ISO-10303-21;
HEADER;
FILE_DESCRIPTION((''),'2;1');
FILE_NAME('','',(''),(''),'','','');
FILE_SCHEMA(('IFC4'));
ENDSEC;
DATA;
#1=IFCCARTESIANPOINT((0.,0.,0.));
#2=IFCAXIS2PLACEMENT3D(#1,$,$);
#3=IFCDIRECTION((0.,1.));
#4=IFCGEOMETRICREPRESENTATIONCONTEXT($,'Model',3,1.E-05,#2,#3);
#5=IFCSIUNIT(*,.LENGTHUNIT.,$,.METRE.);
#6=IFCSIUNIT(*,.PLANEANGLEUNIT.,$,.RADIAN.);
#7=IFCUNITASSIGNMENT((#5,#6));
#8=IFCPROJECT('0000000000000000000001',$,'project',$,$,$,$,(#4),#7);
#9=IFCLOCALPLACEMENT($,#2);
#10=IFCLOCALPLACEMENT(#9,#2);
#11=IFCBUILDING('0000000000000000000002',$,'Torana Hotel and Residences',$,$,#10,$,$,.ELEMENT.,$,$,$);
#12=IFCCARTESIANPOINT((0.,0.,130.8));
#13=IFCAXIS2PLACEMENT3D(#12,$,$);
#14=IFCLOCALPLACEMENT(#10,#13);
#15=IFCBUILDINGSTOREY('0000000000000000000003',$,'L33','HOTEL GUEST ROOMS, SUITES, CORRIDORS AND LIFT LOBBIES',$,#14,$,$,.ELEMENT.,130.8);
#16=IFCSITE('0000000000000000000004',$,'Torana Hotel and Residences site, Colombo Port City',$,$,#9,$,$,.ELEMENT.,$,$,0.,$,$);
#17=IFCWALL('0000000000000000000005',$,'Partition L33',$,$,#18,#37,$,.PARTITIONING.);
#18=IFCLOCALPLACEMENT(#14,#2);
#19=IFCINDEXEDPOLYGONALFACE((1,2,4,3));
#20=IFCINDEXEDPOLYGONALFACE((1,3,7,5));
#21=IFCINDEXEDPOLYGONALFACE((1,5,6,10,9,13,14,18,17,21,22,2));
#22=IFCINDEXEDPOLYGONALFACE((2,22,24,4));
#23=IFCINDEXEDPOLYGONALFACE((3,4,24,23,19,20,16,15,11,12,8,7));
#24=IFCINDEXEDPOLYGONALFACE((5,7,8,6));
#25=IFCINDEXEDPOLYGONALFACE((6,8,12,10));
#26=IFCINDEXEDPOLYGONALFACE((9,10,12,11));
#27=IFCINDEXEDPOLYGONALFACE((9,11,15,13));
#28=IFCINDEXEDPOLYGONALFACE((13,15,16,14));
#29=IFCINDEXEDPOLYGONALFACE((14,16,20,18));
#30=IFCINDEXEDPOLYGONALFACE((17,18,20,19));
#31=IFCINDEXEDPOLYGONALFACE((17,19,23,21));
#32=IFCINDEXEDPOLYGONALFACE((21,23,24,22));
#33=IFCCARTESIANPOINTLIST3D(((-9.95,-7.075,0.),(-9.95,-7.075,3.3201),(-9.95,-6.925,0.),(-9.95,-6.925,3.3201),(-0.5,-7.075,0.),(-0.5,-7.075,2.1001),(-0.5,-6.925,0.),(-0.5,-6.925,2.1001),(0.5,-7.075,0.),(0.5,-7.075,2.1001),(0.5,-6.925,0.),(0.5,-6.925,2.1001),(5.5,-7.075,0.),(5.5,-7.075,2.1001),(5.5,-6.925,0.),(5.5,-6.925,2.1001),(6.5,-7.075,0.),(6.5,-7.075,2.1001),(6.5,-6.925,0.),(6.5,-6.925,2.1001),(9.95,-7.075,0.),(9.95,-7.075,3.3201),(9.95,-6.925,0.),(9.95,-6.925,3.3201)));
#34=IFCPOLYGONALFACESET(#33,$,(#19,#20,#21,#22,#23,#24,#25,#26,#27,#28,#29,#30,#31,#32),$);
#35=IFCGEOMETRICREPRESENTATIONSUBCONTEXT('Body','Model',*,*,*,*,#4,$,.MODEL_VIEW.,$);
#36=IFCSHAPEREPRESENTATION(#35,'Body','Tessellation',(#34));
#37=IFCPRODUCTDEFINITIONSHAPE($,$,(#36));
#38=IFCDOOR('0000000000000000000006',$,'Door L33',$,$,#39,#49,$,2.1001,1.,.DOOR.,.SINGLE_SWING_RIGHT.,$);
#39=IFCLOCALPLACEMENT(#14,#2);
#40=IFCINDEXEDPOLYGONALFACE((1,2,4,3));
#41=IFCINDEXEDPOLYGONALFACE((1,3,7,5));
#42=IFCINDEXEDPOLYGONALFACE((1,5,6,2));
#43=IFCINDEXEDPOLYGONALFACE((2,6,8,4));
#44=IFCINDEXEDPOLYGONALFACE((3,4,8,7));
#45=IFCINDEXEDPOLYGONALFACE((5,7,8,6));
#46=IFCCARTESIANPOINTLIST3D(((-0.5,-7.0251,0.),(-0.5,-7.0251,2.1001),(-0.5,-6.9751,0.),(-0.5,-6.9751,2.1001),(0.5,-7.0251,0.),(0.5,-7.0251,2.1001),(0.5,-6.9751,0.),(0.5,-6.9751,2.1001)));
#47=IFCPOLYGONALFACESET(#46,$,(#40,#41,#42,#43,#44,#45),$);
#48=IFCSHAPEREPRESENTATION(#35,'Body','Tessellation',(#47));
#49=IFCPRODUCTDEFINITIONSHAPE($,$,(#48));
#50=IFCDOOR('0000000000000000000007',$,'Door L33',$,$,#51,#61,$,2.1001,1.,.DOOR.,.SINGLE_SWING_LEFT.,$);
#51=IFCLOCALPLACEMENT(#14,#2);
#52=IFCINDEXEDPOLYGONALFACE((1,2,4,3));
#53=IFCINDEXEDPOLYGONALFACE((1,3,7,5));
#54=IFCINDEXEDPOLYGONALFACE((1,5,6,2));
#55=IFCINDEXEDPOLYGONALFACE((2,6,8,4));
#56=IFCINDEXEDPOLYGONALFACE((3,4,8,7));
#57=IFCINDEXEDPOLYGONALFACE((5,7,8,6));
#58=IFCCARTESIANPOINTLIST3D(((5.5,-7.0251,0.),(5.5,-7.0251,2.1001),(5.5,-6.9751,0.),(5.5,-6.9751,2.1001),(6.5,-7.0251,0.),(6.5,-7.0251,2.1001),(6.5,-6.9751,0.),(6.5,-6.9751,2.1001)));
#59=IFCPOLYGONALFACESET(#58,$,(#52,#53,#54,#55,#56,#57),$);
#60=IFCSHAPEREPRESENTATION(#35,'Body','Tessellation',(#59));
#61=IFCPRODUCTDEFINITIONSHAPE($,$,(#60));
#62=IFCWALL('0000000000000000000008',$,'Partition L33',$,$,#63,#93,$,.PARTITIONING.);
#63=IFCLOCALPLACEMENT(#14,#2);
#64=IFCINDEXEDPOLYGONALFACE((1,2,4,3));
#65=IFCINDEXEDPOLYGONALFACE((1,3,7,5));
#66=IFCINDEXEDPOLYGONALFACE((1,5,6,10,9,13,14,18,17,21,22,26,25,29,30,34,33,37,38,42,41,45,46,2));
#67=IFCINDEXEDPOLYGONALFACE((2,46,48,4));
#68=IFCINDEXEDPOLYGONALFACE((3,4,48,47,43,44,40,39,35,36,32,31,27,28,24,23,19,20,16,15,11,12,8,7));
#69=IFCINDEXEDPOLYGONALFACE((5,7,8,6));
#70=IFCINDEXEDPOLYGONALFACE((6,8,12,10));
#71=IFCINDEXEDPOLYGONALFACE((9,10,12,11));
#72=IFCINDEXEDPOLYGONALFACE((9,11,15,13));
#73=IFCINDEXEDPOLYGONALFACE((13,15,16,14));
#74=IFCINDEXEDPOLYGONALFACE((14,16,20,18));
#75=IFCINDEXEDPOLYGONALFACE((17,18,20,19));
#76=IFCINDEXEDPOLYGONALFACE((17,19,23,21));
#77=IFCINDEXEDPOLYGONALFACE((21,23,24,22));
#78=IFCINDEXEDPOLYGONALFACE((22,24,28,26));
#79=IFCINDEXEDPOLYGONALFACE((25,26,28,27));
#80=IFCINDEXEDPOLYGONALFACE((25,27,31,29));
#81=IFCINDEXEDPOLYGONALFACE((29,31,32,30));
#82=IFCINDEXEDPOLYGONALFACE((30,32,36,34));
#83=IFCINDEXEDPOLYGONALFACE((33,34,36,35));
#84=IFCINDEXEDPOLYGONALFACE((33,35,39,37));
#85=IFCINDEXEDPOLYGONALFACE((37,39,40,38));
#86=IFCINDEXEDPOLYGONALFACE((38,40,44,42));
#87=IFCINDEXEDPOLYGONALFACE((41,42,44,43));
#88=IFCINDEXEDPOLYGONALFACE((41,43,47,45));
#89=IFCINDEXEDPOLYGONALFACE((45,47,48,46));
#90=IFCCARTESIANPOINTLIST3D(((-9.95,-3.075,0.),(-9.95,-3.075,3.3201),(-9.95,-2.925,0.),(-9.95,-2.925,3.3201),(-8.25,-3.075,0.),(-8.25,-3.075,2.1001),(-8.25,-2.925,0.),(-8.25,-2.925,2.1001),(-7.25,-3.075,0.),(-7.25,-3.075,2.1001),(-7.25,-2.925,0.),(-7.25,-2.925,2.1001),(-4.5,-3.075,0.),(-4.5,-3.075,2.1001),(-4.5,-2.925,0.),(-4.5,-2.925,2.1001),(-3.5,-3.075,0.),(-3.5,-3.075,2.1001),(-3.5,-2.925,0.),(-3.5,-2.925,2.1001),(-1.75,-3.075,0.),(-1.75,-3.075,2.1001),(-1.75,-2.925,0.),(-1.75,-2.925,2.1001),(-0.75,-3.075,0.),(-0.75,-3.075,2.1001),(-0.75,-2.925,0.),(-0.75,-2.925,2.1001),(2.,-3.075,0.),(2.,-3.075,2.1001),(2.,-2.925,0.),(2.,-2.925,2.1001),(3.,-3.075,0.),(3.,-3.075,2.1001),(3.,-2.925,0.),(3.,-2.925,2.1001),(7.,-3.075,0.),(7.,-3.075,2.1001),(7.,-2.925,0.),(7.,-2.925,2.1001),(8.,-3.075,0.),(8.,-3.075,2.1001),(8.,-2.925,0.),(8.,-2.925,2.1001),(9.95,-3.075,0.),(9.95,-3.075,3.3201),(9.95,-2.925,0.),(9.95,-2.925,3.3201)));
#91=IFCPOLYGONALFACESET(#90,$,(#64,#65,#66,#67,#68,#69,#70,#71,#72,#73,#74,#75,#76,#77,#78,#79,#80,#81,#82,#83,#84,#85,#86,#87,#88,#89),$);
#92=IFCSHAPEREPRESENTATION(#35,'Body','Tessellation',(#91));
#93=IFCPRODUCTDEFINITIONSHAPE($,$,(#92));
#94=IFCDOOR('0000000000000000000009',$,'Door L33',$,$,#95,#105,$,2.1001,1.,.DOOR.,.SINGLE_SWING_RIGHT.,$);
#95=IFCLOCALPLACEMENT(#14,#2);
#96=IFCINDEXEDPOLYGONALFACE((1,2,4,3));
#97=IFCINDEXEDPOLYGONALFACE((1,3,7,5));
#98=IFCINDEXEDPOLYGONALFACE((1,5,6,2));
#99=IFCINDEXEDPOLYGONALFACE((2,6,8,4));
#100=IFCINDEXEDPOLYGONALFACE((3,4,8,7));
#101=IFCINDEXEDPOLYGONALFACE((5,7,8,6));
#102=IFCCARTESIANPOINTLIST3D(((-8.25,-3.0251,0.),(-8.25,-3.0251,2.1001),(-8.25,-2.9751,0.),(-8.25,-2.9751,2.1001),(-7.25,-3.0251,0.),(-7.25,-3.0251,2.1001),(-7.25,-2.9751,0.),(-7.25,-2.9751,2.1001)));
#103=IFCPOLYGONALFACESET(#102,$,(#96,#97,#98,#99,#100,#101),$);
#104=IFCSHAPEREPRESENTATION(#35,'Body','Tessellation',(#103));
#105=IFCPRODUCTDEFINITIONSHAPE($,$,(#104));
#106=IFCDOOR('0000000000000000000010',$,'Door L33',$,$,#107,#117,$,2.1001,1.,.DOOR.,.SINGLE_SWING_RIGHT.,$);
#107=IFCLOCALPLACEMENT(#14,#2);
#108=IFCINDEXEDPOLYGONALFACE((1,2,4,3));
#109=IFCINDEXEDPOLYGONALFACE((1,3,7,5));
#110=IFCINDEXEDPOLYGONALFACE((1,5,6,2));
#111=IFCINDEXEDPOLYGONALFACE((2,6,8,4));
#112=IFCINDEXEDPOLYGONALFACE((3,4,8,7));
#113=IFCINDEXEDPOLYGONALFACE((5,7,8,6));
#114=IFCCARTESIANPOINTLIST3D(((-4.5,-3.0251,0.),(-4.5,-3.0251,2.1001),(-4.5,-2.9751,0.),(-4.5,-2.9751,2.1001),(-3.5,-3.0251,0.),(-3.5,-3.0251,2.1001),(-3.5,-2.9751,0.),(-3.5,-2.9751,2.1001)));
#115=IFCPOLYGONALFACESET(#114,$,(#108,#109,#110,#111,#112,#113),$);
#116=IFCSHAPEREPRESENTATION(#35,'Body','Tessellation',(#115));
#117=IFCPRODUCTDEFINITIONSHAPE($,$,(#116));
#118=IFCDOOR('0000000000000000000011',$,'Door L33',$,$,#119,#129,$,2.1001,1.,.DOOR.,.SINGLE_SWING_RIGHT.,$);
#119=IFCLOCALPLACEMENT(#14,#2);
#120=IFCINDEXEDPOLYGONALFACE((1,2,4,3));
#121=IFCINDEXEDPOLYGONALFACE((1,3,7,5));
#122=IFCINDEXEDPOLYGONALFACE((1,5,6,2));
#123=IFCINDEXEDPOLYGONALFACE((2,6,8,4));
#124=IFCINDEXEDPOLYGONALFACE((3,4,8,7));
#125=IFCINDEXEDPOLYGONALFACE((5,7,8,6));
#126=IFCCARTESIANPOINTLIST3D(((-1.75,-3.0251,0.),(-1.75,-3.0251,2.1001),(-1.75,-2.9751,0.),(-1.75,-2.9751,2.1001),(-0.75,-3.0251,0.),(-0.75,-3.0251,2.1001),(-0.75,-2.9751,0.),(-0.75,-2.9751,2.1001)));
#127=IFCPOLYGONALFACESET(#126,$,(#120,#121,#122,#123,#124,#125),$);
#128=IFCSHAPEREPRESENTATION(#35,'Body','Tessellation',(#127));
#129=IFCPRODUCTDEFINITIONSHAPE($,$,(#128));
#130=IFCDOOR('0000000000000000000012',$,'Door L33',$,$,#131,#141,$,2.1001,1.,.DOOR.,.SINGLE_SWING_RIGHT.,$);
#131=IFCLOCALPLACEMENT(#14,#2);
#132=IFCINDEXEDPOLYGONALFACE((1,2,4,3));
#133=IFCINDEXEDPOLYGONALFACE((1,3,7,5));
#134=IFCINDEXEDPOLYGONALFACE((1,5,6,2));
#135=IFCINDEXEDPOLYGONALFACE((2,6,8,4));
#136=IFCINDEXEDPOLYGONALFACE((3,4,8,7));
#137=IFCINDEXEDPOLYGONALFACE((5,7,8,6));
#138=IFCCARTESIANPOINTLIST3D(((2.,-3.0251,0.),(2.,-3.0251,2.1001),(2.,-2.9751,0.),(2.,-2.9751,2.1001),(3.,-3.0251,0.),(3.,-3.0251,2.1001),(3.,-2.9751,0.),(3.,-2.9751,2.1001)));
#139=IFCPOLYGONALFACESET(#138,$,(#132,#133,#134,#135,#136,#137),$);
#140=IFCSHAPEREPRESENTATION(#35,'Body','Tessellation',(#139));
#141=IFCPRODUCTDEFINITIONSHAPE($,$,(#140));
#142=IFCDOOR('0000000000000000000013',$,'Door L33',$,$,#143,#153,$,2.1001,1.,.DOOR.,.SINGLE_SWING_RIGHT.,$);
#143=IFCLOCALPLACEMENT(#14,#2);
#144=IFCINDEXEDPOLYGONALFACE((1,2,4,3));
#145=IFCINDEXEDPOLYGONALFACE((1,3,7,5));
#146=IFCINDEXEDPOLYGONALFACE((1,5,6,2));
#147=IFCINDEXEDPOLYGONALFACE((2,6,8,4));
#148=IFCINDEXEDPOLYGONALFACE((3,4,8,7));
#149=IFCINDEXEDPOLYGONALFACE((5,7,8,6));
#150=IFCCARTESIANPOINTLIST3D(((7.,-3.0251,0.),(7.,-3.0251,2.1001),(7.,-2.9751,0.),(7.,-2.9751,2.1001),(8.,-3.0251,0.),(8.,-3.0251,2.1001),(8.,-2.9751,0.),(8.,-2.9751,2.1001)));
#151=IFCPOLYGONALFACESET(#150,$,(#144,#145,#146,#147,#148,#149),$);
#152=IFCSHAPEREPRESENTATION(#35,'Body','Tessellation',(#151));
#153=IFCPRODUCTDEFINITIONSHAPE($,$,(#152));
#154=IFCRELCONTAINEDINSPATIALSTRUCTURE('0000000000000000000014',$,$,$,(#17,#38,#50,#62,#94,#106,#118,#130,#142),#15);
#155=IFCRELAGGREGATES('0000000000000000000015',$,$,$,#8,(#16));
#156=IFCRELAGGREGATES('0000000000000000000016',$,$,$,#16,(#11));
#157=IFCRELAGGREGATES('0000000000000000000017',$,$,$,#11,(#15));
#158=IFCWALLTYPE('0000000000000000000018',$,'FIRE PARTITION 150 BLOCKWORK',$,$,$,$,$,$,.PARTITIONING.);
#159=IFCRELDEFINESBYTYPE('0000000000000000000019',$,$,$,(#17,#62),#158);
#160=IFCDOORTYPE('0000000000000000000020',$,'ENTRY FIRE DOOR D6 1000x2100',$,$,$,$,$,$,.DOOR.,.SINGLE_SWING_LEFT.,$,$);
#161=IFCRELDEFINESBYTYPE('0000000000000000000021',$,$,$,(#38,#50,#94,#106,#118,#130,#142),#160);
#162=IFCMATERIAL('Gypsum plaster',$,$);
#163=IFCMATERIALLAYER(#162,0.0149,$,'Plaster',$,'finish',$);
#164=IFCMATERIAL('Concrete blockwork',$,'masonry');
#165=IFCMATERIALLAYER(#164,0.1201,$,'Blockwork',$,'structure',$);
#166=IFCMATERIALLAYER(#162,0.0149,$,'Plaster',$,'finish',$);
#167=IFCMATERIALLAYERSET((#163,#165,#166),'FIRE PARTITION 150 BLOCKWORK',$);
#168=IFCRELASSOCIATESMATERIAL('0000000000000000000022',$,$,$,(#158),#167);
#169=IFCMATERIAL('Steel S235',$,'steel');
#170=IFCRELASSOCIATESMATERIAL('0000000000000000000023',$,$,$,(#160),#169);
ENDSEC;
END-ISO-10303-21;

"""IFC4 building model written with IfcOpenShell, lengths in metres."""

from ifc_helpers import new_model, si_unit, direction, frame, frame_2d, origin, place, context, subcontext, project, spatial, rectangle, extrude, material, layer, layer_set, type_object, element, fill, save


model = new_model("IFC4")

# Units and contexts
model_context = context("Model", 3, precision=1e-05, world=origin(), true_north=direction((0.0, 1.0)))
body_context = subcontext(model_context, "Body", "Model", "MODEL_VIEW")
ifc_project = project(units=[si_unit("LENGTHUNIT", "METRE"), si_unit("PLANEANGLEUNIT", "RADIAN")], contexts=[model_context])

# Site, building, storey
site_placement = place(None, origin())
site = spatial("IfcSite", under=ifc_project, at=site_placement, Name="Torana Hotel and Residences site, Colombo Port City", CompositionType="ELEMENT", RefElevation=0.0)
building_placement = place(site_placement, origin())
building = spatial("IfcBuilding", under=site, at=building_placement, Name="Torana Hotel and Residences", CompositionType="ELEMENT")
storey_placement = place(building_placement, frame((0.0, 0.0, 130.8)))
storey = spatial("IfcBuildingStorey", under=building, at=storey_placement, Name="L33", Description="HOTEL GUEST ROOMS, SUITES, CORRIDORS AND LIFT LOBBIES", CompositionType="ELEMENT", Elevation=130.8)

# Walls, openings, doors
ifc_material_1 = material(Name="Gypsum plaster")
ifc_layer_1 = layer(ifc_material_1, 0.0149, Name="Plaster", Category="finish")
ifc_material_2 = material(Name="Concrete blockwork", Category="masonry")
ifc_layer_2 = layer(ifc_material_2, 0.1201, Name="Blockwork", Category="structure")
ifc_layer_3 = layer(ifc_material_1, 0.0149, Name="Plaster", Category="finish")
ifc_layer_set_1 = layer_set([ifc_layer_1, ifc_layer_2, ifc_layer_3], Name="FIRE PARTITION 150 BLOCKWORK")
wall_type_1 = type_object("IfcWallType", Name="FIRE PARTITION 150 BLOCKWORK", PredefinedType="PARTITIONING", material=ifc_layer_set_1)
wall_1_placement = place(storey_placement, frame((-9.95, -7.0, 0.0), z_axis=(0.0, 0.0, 1.0), x_axis=(1.0, 0.0, 0.0)))
wall_1 = element("IfcWall", 1, at=wall_1_placement, inside=storey, type_object=wall_type_1, Name="Partition L33", PredefinedType="PARTITIONING", context=body_context, shape_type="SweptSolid", body=[
    extrude(rectangle(XDim=19.8999, YDim=0.1499, at=frame_2d((9.95, 0.0))), origin(), (0.0, 0.0, 1.0), 3.3201),
])
opening_1_placement = place(wall_1_placement, frame((9.45, 0.0, 0.0)))
opening_1 = element("IfcOpeningElement", 2, at=opening_1_placement, cuts=wall_1, PredefinedType="OPENING", context=body_context, shape_type="SweptSolid", body=[
    extrude(rectangle(XDim=1.0, YDim=2.1001, at=frame_2d((0.5, 1.05))), frame((0.0, 0.085, 0.0), z_axis=(0.0, -1.0, 0.0), x_axis=(1.0, 0.0, 0.0)), (0.0, 0.0, 1.0), 0.1699),
])
opening_2_placement = place(wall_1_placement, frame((15.45, 0.0, 0.0)))
opening_2 = element("IfcOpeningElement", 3, at=opening_2_placement, cuts=wall_1, PredefinedType="OPENING", context=body_context, shape_type="SweptSolid", body=[
    extrude(rectangle(XDim=1.0, YDim=2.1001, at=frame_2d((0.5, 1.05))), frame((0.0, 0.085, 0.0), z_axis=(0.0, -1.0, 0.0), x_axis=(1.0, 0.0, 0.0)), (0.0, 0.0, 1.0), 0.1699),
])
ifc_material_3 = material(Name="Steel S235", Category="steel")
door_type = type_object("IfcDoorType", Name="ENTRY FIRE DOOR D6 1000x2100", OperationType="SINGLE_SWING_LEFT", PredefinedType="DOOR", material=ifc_material_3)
door_1_placement = place(opening_1_placement, origin())
door_1 = element("IfcDoor", 4, at=door_1_placement, inside=storey, type_object=door_type, Name="Door L33", OperationType="SINGLE_SWING_RIGHT", OverallHeight=2.1001, OverallWidth=1.0, PredefinedType="DOOR", context=body_context, shape_type="SweptSolid", body=[
    extrude(rectangle(XDim=1.0, YDim=2.1001, at=frame_2d((0.5, 1.05))), frame((0.0, 0.0249, 0.0), z_axis=(0.0, -1.0, 0.0), x_axis=(1.0, 0.0, 0.0)), (0.0, 0.0, 1.0), 0.05),
])
fill(opening_1, door_1)
door_2_placement = place(opening_2_placement, frame((0.5, 0.0, 0.0), z_axis=(0.0, 0.0, 1.0), x_axis=(-1.0, 0.0, 0.0)))
door_2 = element("IfcDoor", 5, at=door_2_placement, inside=storey, type_object=door_type, Name="Door L33", OperationType="SINGLE_SWING_LEFT", OverallHeight=2.1001, OverallWidth=1.0, PredefinedType="DOOR", context=body_context, shape_type="SweptSolid", body=[
    extrude(rectangle(XDim=1.0, YDim=2.1001, at=frame_2d((0.0, 1.05))), frame((0.0, -0.0249, 0.0), z_axis=(0.0, 1.0, 0.0), x_axis=(-1.0, 0.0, 0.0)), (0.0, 0.0, 1.0), 0.05),
])
fill(opening_2, door_2)
wall_2_placement = place(storey_placement, frame((-9.95, -3.0, 0.0), z_axis=(0.0, 0.0, 1.0), x_axis=(1.0, 0.0, 0.0)))
wall_2 = element("IfcWall", 6, at=wall_2_placement, inside=storey, type_object=wall_type_1, Name="Partition L33", PredefinedType="PARTITIONING", context=body_context, shape_type="SweptSolid", body=[
    extrude(rectangle(XDim=19.8999, YDim=0.1499, at=frame_2d((9.95, 0.0))), origin(), (0.0, 0.0, 1.0), 3.3201),
])
opening_3_placement = place(wall_2_placement, frame((1.7, 0.0, 0.0)))
opening_3 = element("IfcOpeningElement", 7, at=opening_3_placement, cuts=wall_2, PredefinedType="OPENING", context=body_context, shape_type="SweptSolid", body=[
    extrude(rectangle(XDim=1.0, YDim=2.1001, at=frame_2d((0.5, 1.05))), frame((0.0, 0.085, 0.0), z_axis=(0.0, -1.0, 0.0), x_axis=(1.0, 0.0, 0.0)), (0.0, 0.0, 1.0), 0.1699),
])
opening_4_placement = place(wall_2_placement, frame((5.45, 0.0, 0.0)))
opening_4 = element("IfcOpeningElement", 8, at=opening_4_placement, cuts=wall_2, PredefinedType="OPENING", context=body_context, shape_type="SweptSolid", body=[
    extrude(rectangle(XDim=1.0, YDim=2.1001, at=frame_2d((0.5, 1.05))), frame((0.0, 0.085, 0.0), z_axis=(0.0, -1.0, 0.0), x_axis=(1.0, 0.0, 0.0)), (0.0, 0.0, 1.0), 0.1699),
])
opening_5_placement = place(wall_2_placement, frame((8.2, 0.0, 0.0)))
opening_5 = element("IfcOpeningElement", 9, at=opening_5_placement, cuts=wall_2, PredefinedType="OPENING", context=body_context, shape_type="SweptSolid", body=[
    extrude(rectangle(XDim=1.0, YDim=2.1001, at=frame_2d((0.5, 1.05))), frame((0.0, 0.085, 0.0), z_axis=(0.0, -1.0, 0.0), x_axis=(1.0, 0.0, 0.0)), (0.0, 0.0, 1.0), 0.1699),
])
opening_6_placement = place(wall_2_placement, frame((11.95, 0.0, 0.0)))
opening_6 = element("IfcOpeningElement", 10, at=opening_6_placement, cuts=wall_2, PredefinedType="OPENING", context=body_context, shape_type="SweptSolid", body=[
    extrude(rectangle(XDim=1.0, YDim=2.1001, at=frame_2d((0.5, 1.05))), frame((0.0, 0.085, 0.0), z_axis=(0.0, -1.0, 0.0), x_axis=(1.0, 0.0, 0.0)), (0.0, 0.0, 1.0), 0.1699),
])
opening_7_placement = place(wall_2_placement, frame((16.95, 0.0, 0.0)))
opening_7 = element("IfcOpeningElement", 11, at=opening_7_placement, cuts=wall_2, PredefinedType="OPENING", context=body_context, shape_type="SweptSolid", body=[
    extrude(rectangle(XDim=1.0, YDim=2.1001, at=frame_2d((0.5, 1.05))), frame((0.0, 0.085, 0.0), z_axis=(0.0, -1.0, 0.0), x_axis=(1.0, 0.0, 0.0)), (0.0, 0.0, 1.0), 0.1699),
])
door_3_placement = place(opening_3_placement, origin())
door_3 = element("IfcDoor", 12, at=door_3_placement, inside=storey, type_object=door_type, Name="Door L33", OperationType="SINGLE_SWING_RIGHT", OverallHeight=2.1001, OverallWidth=1.0, PredefinedType="DOOR", context=body_context, shape_type="SweptSolid", body=[
    extrude(rectangle(XDim=1.0, YDim=2.1001, at=frame_2d((0.5, 1.05))), frame((0.0, 0.0249, 0.0), z_axis=(0.0, -1.0, 0.0), x_axis=(1.0, 0.0, 0.0)), (0.0, 0.0, 1.0), 0.05),
])
fill(opening_3, door_3)
door_4_placement = place(opening_4_placement, origin())
door_4 = element("IfcDoor", 13, at=door_4_placement, inside=storey, type_object=door_type, Name="Door L33", OperationType="SINGLE_SWING_RIGHT", OverallHeight=2.1001, OverallWidth=1.0, PredefinedType="DOOR", context=body_context, shape_type="SweptSolid", body=[
    extrude(rectangle(XDim=1.0, YDim=2.1001, at=frame_2d((0.5, 1.05))), frame((0.0, 0.0249, 0.0), z_axis=(0.0, -1.0, 0.0), x_axis=(1.0, 0.0, 0.0)), (0.0, 0.0, 1.0), 0.05),
])
fill(opening_4, door_4)
door_5_placement = place(opening_5_placement, origin())
door_5 = element("IfcDoor", 14, at=door_5_placement, inside=storey, type_object=door_type, Name="Door L33", OperationType="SINGLE_SWING_RIGHT", OverallHeight=2.1001, OverallWidth=1.0, PredefinedType="DOOR", context=body_context, shape_type="SweptSolid", body=[
    extrude(rectangle(XDim=1.0, YDim=2.1001, at=frame_2d((0.5, 1.05))), frame((0.0, 0.0249, 0.0), z_axis=(0.0, -1.0, 0.0), x_axis=(1.0, 0.0, 0.0)), (0.0, 0.0, 1.0), 0.05),
])
fill(opening_5, door_5)
door_6_placement = place(opening_6_placement, origin())
door_6 = element("IfcDoor", 15, at=door_6_placement, inside=storey, type_object=door_type, Name="Door L33", OperationType="SINGLE_SWING_RIGHT", OverallHeight=2.1001, OverallWidth=1.0, PredefinedType="DOOR", context=body_context, shape_type="SweptSolid", body=[
    extrude(rectangle(XDim=1.0, YDim=2.1001, at=frame_2d((0.5, 1.05))), frame((0.0, 0.0249, 0.0), z_axis=(0.0, -1.0, 0.0), x_axis=(1.0, 0.0, 0.0)), (0.0, 0.0, 1.0), 0.05),
])
fill(opening_6, door_6)
door_7_placement = place(opening_7_placement, origin())
door_7 = element("IfcDoor", 16, at=door_7_placement, inside=storey, type_object=door_type, Name="Door L33", OperationType="SINGLE_SWING_RIGHT", OverallHeight=2.1001, OverallWidth=1.0, PredefinedType="DOOR", context=body_context, shape_type="SweptSolid", body=[
    extrude(rectangle(XDim=1.0, YDim=2.1001, at=frame_2d((0.5, 1.05))), frame((0.0, 0.0249, 0.0), z_axis=(0.0, -1.0, 0.0), x_axis=(1.0, 0.0, 0.0)), (0.0, 0.0, 1.0), 0.05),
])
fill(opening_7, door_7)

save(model, "model.ifc")
